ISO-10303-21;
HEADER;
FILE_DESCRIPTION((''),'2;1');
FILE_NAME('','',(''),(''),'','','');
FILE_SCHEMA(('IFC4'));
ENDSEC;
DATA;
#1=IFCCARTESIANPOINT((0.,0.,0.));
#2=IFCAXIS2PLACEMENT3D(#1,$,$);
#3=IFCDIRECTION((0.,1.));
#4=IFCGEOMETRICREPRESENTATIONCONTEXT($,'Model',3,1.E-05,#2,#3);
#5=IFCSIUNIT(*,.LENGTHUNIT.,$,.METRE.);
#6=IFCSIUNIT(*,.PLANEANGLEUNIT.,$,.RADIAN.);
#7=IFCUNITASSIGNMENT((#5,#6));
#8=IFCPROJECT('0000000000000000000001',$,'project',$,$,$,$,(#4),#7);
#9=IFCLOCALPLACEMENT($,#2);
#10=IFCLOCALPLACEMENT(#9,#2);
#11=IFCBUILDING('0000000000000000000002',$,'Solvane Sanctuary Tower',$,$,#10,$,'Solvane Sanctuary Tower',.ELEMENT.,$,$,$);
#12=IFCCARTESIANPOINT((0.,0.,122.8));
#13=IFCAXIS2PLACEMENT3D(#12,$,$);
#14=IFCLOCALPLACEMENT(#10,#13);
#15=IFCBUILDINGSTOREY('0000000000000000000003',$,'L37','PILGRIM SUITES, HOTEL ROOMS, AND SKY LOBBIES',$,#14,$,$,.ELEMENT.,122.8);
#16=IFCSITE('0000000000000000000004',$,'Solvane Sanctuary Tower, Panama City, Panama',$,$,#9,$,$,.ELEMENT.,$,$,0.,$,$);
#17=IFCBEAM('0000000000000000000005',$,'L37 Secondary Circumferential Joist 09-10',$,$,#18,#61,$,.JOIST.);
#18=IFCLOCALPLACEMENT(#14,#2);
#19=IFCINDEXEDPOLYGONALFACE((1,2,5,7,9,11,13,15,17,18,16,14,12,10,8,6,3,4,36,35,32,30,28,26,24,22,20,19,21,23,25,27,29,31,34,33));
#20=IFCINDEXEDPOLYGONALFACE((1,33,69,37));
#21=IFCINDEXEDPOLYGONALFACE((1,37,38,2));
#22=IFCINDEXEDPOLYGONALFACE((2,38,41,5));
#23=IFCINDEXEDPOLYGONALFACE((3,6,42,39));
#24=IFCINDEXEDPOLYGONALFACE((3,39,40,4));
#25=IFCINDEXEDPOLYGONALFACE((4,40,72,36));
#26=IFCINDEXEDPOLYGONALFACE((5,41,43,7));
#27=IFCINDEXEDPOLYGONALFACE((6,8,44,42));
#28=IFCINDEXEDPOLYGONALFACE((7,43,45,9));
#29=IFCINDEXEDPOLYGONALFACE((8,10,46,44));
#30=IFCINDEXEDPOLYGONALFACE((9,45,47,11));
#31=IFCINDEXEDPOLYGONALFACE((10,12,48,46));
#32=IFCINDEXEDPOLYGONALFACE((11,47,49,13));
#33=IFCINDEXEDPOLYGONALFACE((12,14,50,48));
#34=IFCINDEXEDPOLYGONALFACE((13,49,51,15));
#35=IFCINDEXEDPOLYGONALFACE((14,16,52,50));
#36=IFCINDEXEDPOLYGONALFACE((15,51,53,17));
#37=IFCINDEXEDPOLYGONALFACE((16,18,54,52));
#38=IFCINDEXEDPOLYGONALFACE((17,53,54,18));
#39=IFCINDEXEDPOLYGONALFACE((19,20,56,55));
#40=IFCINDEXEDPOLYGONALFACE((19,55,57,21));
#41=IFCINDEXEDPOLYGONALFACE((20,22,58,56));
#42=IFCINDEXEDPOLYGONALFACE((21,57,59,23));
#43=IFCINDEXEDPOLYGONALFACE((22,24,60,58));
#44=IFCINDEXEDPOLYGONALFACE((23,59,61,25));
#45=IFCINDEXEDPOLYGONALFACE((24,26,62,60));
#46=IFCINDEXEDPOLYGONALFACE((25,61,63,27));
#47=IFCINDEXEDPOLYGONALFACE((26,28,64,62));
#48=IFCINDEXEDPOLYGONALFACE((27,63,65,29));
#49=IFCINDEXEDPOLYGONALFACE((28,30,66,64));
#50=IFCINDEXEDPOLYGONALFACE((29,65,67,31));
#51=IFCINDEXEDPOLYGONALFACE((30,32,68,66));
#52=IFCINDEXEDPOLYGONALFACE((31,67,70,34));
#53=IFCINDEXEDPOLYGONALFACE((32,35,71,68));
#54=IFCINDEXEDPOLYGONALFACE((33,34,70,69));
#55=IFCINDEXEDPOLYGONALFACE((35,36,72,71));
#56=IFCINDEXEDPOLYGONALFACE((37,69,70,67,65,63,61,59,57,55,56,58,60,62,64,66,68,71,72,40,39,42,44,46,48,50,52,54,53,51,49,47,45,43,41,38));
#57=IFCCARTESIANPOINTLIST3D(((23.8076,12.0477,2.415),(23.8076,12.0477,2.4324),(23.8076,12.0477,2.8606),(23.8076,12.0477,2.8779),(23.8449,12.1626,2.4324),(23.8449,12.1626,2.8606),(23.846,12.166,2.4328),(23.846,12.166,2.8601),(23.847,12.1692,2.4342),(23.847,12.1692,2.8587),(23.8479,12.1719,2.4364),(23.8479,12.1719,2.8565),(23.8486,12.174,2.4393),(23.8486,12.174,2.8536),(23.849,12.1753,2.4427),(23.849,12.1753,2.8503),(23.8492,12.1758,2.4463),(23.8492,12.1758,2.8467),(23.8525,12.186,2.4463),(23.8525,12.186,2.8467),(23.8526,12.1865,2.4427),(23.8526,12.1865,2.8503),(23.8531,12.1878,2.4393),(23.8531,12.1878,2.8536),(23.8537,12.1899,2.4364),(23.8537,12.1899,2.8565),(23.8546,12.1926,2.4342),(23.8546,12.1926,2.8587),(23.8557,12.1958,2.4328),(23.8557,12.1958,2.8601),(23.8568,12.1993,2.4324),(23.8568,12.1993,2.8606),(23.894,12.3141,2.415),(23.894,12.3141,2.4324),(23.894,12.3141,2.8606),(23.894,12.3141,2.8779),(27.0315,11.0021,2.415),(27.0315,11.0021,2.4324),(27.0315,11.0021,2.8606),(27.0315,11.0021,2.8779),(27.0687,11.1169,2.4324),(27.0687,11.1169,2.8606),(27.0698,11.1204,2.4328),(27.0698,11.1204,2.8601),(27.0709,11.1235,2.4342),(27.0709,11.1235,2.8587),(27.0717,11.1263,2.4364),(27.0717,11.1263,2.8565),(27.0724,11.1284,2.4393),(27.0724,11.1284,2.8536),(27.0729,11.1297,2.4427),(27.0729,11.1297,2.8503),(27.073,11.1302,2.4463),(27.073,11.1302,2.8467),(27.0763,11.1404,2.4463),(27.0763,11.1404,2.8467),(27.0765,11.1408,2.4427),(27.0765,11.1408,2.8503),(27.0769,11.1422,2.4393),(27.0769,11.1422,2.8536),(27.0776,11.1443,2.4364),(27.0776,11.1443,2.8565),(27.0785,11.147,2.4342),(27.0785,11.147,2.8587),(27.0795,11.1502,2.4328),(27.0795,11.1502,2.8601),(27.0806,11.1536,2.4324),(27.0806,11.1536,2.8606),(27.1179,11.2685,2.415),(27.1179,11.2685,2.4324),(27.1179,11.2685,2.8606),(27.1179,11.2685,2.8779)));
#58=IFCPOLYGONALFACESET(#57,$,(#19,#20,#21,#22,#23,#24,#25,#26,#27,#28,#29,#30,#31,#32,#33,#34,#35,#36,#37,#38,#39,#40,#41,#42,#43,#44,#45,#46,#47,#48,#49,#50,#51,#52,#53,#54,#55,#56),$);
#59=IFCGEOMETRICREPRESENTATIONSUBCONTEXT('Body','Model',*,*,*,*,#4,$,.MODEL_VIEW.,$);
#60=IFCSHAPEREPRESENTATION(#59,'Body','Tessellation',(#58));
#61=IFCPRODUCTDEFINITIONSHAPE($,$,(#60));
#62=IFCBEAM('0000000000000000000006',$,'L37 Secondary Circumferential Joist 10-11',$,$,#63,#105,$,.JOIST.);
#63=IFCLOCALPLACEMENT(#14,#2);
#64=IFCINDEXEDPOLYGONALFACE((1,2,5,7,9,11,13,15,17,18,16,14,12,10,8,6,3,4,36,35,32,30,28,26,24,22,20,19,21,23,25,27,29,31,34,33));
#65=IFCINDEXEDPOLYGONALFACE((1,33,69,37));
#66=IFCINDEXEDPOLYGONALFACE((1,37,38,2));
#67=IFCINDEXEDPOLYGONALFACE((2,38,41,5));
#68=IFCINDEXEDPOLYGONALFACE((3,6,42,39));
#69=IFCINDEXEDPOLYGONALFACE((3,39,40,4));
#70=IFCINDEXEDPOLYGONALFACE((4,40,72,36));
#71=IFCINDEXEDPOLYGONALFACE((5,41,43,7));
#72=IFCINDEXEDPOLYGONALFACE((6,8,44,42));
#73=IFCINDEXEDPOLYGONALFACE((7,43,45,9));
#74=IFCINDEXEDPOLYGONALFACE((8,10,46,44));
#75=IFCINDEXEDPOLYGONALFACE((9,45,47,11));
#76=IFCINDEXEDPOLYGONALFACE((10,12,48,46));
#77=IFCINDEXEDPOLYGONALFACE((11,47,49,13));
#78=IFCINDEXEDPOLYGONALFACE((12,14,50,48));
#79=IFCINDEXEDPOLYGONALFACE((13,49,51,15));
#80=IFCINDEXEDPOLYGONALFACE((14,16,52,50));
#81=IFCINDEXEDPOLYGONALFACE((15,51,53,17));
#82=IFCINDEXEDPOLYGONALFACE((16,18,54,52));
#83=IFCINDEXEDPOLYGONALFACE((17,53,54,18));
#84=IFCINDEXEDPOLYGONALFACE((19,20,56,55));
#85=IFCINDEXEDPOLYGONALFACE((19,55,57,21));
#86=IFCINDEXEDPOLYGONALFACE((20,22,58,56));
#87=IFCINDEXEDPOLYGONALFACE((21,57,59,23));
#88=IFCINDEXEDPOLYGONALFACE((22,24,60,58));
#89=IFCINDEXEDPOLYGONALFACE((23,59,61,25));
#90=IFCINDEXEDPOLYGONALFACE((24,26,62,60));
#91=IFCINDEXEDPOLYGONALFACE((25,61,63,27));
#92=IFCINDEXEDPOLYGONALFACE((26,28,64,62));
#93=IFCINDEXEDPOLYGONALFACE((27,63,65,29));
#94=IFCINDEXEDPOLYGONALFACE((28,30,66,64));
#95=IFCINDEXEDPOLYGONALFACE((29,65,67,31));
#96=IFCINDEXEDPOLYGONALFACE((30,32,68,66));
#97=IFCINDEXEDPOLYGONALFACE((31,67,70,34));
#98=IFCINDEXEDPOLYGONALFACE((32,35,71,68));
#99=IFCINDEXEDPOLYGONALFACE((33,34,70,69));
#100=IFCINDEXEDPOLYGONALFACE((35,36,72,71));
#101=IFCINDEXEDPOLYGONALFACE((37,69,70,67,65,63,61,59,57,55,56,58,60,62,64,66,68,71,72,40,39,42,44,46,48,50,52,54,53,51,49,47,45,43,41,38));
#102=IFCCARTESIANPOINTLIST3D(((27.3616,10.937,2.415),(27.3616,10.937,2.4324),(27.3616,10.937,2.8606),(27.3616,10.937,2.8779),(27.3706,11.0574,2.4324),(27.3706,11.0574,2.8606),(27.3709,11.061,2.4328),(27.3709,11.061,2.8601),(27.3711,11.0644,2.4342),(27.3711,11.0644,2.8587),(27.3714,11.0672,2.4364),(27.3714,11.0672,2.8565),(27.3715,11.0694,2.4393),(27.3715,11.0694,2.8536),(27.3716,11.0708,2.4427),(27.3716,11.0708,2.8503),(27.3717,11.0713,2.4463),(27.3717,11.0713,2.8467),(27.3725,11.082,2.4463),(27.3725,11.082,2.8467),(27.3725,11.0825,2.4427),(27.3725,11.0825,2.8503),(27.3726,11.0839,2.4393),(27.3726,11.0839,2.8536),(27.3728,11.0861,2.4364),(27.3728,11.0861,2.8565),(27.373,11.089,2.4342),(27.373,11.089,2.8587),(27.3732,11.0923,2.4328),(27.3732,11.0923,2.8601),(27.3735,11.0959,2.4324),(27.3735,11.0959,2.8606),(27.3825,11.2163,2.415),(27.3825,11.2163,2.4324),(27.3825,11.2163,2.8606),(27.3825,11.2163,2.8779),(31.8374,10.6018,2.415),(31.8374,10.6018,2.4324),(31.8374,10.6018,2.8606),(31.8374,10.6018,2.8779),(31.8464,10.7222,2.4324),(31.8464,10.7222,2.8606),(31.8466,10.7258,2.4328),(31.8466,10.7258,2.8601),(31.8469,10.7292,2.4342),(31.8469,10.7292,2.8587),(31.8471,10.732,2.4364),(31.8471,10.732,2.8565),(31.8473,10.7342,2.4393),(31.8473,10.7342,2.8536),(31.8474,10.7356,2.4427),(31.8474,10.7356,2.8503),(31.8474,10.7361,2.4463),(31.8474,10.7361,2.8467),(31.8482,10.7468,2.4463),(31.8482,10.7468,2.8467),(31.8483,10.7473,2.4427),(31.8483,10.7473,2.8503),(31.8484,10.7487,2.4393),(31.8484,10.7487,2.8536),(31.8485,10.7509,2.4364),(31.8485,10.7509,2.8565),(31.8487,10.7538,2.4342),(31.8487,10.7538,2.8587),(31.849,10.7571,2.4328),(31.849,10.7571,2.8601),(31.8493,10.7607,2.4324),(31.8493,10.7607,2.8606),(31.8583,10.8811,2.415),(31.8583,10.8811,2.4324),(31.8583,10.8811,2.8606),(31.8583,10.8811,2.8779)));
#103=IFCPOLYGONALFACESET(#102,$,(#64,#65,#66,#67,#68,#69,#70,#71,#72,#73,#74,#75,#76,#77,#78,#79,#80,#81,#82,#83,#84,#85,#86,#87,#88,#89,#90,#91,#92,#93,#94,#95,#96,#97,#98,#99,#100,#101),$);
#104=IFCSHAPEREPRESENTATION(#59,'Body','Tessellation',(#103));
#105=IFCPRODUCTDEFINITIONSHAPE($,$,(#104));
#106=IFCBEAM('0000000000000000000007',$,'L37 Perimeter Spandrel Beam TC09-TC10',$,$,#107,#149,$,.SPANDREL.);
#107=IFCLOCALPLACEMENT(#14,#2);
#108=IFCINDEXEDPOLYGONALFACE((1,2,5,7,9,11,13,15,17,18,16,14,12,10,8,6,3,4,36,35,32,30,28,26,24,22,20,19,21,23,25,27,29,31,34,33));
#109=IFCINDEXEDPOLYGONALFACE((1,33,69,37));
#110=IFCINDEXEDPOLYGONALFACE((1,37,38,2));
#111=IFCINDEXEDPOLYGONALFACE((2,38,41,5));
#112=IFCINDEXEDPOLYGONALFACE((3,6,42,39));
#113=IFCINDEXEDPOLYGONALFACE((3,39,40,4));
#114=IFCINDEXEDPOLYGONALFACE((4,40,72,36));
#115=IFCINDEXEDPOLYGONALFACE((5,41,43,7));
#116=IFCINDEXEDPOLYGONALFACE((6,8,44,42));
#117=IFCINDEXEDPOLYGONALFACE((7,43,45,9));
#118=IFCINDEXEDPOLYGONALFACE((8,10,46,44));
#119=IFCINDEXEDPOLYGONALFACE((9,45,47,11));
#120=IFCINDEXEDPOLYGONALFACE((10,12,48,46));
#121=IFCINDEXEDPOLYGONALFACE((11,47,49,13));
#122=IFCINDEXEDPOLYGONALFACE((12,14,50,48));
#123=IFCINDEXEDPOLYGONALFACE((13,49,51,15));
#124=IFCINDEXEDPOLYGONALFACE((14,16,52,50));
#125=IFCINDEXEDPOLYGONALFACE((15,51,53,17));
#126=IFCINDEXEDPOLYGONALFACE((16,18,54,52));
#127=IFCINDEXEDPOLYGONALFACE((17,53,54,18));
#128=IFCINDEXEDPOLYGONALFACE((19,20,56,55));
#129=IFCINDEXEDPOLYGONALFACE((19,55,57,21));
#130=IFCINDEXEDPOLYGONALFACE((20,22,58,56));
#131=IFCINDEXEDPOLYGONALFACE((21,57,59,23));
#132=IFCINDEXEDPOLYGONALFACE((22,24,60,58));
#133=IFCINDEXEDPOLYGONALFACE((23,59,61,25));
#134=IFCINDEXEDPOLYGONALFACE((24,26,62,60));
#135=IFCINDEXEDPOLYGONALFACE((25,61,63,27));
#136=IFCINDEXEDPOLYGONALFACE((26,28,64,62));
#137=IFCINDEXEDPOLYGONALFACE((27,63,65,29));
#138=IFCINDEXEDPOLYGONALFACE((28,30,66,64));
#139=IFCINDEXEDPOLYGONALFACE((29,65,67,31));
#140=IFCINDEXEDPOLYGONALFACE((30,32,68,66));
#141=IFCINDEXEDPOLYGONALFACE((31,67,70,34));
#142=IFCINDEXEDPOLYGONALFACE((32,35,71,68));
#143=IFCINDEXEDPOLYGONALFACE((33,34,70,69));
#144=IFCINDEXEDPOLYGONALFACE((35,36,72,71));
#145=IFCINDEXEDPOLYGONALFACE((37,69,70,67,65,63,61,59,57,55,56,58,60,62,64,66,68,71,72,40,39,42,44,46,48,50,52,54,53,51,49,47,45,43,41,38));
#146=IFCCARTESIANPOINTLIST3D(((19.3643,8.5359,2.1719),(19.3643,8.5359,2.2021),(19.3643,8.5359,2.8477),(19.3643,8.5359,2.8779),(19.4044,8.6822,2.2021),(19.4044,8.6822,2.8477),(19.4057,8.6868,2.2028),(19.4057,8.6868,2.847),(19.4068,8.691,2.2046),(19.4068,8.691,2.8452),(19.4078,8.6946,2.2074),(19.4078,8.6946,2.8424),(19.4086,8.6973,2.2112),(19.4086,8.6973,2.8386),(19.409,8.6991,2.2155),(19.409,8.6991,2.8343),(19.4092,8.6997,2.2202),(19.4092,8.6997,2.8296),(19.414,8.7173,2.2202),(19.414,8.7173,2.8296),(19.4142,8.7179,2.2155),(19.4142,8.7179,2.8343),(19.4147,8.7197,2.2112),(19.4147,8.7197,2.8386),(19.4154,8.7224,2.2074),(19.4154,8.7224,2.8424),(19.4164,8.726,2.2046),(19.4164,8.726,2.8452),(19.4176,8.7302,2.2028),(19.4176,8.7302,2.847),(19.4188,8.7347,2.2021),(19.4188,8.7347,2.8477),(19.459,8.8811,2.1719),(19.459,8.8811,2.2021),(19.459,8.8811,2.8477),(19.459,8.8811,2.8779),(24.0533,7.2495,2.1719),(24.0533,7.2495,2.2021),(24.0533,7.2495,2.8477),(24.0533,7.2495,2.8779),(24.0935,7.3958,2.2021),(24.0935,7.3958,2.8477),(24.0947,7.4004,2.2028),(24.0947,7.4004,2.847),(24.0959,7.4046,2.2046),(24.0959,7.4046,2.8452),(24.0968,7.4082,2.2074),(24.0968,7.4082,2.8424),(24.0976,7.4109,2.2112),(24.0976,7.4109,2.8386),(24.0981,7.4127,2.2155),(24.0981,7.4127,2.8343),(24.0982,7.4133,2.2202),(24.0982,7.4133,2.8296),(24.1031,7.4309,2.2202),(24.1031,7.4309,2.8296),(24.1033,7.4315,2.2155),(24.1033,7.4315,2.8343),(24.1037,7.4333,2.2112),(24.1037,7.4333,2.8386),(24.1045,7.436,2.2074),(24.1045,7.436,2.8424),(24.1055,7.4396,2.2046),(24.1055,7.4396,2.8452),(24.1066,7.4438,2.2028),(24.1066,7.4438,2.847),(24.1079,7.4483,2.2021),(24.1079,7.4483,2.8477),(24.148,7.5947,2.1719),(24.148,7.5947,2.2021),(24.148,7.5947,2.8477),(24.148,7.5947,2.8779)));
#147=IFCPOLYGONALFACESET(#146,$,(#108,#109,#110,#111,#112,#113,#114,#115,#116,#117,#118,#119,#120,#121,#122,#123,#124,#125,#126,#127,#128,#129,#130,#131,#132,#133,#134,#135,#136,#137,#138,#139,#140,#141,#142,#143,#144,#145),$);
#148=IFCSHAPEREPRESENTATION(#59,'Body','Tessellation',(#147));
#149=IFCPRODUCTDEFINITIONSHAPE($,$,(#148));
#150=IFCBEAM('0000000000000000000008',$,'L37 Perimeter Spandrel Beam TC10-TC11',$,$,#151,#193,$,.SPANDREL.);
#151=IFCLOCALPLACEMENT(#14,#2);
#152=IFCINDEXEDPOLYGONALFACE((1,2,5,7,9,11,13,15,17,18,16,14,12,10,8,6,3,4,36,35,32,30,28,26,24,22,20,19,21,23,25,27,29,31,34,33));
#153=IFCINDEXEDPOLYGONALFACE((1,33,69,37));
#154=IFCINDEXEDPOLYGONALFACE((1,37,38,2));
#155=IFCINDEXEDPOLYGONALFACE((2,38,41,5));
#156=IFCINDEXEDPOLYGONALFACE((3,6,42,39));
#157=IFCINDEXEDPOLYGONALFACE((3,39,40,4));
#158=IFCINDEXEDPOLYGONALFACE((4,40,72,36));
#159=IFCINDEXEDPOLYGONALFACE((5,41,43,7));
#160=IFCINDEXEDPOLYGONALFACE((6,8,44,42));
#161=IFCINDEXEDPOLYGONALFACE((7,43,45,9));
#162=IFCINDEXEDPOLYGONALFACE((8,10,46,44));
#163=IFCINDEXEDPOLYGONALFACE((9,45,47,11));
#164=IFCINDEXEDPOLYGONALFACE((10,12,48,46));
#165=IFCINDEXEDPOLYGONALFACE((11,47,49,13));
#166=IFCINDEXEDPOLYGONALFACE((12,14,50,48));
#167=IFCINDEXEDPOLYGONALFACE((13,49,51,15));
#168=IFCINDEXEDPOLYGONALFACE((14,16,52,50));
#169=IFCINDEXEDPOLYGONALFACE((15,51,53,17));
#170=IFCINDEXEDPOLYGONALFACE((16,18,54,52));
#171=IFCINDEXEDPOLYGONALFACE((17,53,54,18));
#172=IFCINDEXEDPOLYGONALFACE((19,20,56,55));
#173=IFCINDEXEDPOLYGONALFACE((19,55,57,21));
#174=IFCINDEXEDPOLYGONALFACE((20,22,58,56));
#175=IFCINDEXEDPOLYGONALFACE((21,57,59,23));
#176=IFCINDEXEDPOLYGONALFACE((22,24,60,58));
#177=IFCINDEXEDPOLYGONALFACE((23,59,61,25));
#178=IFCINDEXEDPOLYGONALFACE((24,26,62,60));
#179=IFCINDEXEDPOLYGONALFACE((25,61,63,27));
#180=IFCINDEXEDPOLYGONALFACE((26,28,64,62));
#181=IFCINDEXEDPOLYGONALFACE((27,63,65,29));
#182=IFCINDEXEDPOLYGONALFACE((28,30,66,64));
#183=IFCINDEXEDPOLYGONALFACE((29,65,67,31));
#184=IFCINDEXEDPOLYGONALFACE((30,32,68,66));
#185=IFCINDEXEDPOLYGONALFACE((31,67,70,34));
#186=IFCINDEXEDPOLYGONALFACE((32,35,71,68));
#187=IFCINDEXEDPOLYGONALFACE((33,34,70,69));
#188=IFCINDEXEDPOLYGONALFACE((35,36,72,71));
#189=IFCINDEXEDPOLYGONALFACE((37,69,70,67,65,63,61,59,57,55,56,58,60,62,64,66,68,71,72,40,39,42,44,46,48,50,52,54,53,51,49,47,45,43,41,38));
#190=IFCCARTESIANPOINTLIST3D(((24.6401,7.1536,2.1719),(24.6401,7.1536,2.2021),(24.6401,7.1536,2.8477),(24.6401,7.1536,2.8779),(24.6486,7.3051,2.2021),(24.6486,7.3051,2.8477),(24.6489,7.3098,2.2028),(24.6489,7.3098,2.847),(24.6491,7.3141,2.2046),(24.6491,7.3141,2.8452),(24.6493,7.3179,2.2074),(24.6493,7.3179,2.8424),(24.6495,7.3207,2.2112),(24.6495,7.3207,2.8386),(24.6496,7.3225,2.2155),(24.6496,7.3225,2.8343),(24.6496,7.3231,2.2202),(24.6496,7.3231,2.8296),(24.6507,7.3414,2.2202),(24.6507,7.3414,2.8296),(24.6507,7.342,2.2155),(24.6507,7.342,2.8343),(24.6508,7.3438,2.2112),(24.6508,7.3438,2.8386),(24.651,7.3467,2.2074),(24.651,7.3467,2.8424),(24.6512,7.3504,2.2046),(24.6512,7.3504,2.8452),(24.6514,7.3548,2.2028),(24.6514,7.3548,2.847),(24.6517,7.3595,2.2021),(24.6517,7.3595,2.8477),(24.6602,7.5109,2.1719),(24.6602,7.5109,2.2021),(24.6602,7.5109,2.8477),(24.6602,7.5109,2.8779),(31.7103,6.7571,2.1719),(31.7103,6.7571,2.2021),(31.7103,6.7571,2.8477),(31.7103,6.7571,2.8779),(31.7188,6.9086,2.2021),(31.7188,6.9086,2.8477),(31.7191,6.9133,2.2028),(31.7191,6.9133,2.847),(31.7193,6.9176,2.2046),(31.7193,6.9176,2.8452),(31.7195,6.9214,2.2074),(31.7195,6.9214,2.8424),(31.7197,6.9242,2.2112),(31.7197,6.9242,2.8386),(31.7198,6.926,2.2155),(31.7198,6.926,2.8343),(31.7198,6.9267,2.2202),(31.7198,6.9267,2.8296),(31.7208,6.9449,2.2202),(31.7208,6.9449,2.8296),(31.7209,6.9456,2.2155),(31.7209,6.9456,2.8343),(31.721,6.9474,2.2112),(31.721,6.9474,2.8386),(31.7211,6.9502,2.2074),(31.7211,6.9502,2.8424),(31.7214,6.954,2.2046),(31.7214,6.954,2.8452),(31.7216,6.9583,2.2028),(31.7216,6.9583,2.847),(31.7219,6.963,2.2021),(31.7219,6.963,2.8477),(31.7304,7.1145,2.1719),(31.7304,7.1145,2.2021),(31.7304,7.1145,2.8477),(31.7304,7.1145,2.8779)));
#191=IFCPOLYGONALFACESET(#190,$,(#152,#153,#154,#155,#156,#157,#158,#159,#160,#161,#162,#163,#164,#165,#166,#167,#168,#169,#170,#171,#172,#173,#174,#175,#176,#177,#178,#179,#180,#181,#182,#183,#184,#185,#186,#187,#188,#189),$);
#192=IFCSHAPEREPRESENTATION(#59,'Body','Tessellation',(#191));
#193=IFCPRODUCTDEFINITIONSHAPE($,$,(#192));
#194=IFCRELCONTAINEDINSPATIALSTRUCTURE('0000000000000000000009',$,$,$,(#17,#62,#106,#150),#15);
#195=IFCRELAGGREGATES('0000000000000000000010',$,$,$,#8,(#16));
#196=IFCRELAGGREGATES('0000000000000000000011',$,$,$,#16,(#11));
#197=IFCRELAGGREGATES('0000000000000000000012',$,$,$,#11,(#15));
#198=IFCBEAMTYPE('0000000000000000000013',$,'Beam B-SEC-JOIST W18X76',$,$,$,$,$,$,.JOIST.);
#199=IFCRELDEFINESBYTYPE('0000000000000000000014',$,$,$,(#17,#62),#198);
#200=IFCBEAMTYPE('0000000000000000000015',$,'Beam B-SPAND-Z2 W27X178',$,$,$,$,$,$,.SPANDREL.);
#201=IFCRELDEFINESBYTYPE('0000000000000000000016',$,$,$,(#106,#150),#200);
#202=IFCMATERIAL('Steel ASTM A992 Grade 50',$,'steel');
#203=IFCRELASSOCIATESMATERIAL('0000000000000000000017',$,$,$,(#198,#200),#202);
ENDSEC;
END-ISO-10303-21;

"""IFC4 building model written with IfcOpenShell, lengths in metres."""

from ifc_helpers import new_model, si_unit, direction, frame, origin, origin_2d, place, context, subcontext, project, spatial, i_section, extrude, material, material_profile, profile_set, type_object, element, save


model = new_model("IFC4")

# Units and contexts
model_context = context("Model", 3, precision=1e-05, world=origin(), true_north=direction((0.0, 1.0)))
body_context = subcontext(model_context, "Body", "Model", "MODEL_VIEW")
ifc_project = project(units=[si_unit("LENGTHUNIT", "METRE"), si_unit("PLANEANGLEUNIT", "RADIAN")], contexts=[model_context])

# Site, building, storey
site_placement = place(None, origin())
site = spatial("IfcSite", under=ifc_project, at=site_placement, Name="Solvane Sanctuary Tower, Panama City, Panama", CompositionType="ELEMENT", RefElevation=0.0)
building_placement = place(site_placement, origin())
building = spatial("IfcBuilding", under=site, at=building_placement, Name="Solvane Sanctuary Tower", LongName="Solvane Sanctuary Tower", CompositionType="ELEMENT")
storey_placement = place(building_placement, frame((0.0, 0.0, 122.8)))
storey = spatial("IfcBuildingStorey", under=building, at=storey_placement, Name="L37", Description="PILGRIM SUITES, HOTEL ROOMS, AND SKY LOBBIES", CompositionType="ELEMENT", Elevation=122.8)

# Beams
ifc_material_1 = material(Name="Steel ASTM A992 Grade 50", Category="steel")
ifc_material_profile_1 = material_profile(ifc_material_1, i_section(OverallWidth=0.28, OverallDepth=0.4629, WebThickness=0.0107, FlangeThickness=0.0173, FilletRadius=0.0139, at=origin_2d()), Name="W18X76")
ifc_profile_set_1 = profile_set([ifc_material_profile_1], Name="Steel ASTM A992 Grade 50")
beam_type_1 = type_object("IfcBeamType", Name="Beam B-SEC-JOIST W18X76", PredefinedType="JOIST", material=ifc_profile_set_1)
beam_1_placement = place(storey_placement, frame((23.8508, 12.1809, 2.6465), z_axis=(0.951217, -0.308524, 0.0), x_axis=(0.308524, 0.951217, 0.0)))
element("IfcBeam", 1, at=beam_1_placement, inside=storey, type_object=beam_type_1, Name="L37 Secondary Circumferential Joist 09-10", PredefinedType="JOIST", context=body_context, shape_type="SweptSolid", body=[
    extrude(i_section(OverallWidth=0.28, OverallDepth=0.4629, WebThickness=0.0107, FlangeThickness=0.0173, FilletRadius=0.0139, at=origin_2d()), origin(), (0.0, 0.0, 1.0), 3.3892),
])
beam_2_placement = place(storey_placement, frame((27.3721, 11.0767, 2.6465), z_axis=(0.997207, -0.074683, 0.0), x_axis=(0.074683, 0.997207, 0.0)))
element("IfcBeam", 2, at=beam_2_placement, inside=storey, type_object=beam_type_1, Name="L37 Secondary Circumferential Joist 10-11", PredefinedType="JOIST", context=body_context, shape_type="SweptSolid", body=[
    extrude(i_section(OverallWidth=0.28, OverallDepth=0.4629, WebThickness=0.0107, FlangeThickness=0.0173, FilletRadius=0.0139, at=origin_2d()), origin(), (0.0, 0.0, 1.0), 4.4883),
])
ifc_material_profile_2 = material_profile(ifc_material_1, i_section(OverallWidth=0.3579, OverallDepth=0.7061, WebThickness=0.0183, FlangeThickness=0.0303, FilletRadius=0.0181, at=origin_2d()), Name="W27X178")
ifc_profile_set_2 = profile_set([ifc_material_profile_2], Name="Steel ASTM A992 Grade 50")
beam_type_2 = type_object("IfcBeamType", Name="Beam B-SPAND-Z2 W27X178", PredefinedType="SPANDREL", material=ifc_profile_set_2)
beam_3_placement = place(storey_placement, frame((19.4116, 8.7085, 2.5249), z_axis=(0.964368, -0.264566, 0.0), x_axis=(0.264566, 0.964368, 0.0)))
element("IfcBeam", 3, at=beam_3_placement, inside=storey, type_object=beam_type_2, Name="L37 Perimeter Spandrel Beam TC09-TC10", PredefinedType="SPANDREL", context=body_context, shape_type="SweptSolid", body=[
    extrude(i_section(OverallWidth=0.3579, OverallDepth=0.7061, WebThickness=0.0183, FlangeThickness=0.0303, FilletRadius=0.0181, at=origin_2d()), origin(), (0.0, 0.0, 1.0), 4.8623),
])
beam_4_placement = place(storey_placement, frame((24.6501, 7.3323, 2.5249), z_axis=(0.998431, -0.055989, 0.0), x_axis=(0.055989, 0.998431, 0.0)))
element("IfcBeam", 4, at=beam_4_placement, inside=storey, type_object=beam_type_2, Name="L37 Perimeter Spandrel Beam TC10-TC11", PredefinedType="SPANDREL", context=body_context, shape_type="SweptSolid", body=[
    extrude(i_section(OverallWidth=0.3579, OverallDepth=0.7061, WebThickness=0.0183, FlangeThickness=0.0303, FilletRadius=0.0181, at=origin_2d()), origin(), (0.0, 0.0, 1.0), 7.0813),
])

save(model, "model.ifc")
